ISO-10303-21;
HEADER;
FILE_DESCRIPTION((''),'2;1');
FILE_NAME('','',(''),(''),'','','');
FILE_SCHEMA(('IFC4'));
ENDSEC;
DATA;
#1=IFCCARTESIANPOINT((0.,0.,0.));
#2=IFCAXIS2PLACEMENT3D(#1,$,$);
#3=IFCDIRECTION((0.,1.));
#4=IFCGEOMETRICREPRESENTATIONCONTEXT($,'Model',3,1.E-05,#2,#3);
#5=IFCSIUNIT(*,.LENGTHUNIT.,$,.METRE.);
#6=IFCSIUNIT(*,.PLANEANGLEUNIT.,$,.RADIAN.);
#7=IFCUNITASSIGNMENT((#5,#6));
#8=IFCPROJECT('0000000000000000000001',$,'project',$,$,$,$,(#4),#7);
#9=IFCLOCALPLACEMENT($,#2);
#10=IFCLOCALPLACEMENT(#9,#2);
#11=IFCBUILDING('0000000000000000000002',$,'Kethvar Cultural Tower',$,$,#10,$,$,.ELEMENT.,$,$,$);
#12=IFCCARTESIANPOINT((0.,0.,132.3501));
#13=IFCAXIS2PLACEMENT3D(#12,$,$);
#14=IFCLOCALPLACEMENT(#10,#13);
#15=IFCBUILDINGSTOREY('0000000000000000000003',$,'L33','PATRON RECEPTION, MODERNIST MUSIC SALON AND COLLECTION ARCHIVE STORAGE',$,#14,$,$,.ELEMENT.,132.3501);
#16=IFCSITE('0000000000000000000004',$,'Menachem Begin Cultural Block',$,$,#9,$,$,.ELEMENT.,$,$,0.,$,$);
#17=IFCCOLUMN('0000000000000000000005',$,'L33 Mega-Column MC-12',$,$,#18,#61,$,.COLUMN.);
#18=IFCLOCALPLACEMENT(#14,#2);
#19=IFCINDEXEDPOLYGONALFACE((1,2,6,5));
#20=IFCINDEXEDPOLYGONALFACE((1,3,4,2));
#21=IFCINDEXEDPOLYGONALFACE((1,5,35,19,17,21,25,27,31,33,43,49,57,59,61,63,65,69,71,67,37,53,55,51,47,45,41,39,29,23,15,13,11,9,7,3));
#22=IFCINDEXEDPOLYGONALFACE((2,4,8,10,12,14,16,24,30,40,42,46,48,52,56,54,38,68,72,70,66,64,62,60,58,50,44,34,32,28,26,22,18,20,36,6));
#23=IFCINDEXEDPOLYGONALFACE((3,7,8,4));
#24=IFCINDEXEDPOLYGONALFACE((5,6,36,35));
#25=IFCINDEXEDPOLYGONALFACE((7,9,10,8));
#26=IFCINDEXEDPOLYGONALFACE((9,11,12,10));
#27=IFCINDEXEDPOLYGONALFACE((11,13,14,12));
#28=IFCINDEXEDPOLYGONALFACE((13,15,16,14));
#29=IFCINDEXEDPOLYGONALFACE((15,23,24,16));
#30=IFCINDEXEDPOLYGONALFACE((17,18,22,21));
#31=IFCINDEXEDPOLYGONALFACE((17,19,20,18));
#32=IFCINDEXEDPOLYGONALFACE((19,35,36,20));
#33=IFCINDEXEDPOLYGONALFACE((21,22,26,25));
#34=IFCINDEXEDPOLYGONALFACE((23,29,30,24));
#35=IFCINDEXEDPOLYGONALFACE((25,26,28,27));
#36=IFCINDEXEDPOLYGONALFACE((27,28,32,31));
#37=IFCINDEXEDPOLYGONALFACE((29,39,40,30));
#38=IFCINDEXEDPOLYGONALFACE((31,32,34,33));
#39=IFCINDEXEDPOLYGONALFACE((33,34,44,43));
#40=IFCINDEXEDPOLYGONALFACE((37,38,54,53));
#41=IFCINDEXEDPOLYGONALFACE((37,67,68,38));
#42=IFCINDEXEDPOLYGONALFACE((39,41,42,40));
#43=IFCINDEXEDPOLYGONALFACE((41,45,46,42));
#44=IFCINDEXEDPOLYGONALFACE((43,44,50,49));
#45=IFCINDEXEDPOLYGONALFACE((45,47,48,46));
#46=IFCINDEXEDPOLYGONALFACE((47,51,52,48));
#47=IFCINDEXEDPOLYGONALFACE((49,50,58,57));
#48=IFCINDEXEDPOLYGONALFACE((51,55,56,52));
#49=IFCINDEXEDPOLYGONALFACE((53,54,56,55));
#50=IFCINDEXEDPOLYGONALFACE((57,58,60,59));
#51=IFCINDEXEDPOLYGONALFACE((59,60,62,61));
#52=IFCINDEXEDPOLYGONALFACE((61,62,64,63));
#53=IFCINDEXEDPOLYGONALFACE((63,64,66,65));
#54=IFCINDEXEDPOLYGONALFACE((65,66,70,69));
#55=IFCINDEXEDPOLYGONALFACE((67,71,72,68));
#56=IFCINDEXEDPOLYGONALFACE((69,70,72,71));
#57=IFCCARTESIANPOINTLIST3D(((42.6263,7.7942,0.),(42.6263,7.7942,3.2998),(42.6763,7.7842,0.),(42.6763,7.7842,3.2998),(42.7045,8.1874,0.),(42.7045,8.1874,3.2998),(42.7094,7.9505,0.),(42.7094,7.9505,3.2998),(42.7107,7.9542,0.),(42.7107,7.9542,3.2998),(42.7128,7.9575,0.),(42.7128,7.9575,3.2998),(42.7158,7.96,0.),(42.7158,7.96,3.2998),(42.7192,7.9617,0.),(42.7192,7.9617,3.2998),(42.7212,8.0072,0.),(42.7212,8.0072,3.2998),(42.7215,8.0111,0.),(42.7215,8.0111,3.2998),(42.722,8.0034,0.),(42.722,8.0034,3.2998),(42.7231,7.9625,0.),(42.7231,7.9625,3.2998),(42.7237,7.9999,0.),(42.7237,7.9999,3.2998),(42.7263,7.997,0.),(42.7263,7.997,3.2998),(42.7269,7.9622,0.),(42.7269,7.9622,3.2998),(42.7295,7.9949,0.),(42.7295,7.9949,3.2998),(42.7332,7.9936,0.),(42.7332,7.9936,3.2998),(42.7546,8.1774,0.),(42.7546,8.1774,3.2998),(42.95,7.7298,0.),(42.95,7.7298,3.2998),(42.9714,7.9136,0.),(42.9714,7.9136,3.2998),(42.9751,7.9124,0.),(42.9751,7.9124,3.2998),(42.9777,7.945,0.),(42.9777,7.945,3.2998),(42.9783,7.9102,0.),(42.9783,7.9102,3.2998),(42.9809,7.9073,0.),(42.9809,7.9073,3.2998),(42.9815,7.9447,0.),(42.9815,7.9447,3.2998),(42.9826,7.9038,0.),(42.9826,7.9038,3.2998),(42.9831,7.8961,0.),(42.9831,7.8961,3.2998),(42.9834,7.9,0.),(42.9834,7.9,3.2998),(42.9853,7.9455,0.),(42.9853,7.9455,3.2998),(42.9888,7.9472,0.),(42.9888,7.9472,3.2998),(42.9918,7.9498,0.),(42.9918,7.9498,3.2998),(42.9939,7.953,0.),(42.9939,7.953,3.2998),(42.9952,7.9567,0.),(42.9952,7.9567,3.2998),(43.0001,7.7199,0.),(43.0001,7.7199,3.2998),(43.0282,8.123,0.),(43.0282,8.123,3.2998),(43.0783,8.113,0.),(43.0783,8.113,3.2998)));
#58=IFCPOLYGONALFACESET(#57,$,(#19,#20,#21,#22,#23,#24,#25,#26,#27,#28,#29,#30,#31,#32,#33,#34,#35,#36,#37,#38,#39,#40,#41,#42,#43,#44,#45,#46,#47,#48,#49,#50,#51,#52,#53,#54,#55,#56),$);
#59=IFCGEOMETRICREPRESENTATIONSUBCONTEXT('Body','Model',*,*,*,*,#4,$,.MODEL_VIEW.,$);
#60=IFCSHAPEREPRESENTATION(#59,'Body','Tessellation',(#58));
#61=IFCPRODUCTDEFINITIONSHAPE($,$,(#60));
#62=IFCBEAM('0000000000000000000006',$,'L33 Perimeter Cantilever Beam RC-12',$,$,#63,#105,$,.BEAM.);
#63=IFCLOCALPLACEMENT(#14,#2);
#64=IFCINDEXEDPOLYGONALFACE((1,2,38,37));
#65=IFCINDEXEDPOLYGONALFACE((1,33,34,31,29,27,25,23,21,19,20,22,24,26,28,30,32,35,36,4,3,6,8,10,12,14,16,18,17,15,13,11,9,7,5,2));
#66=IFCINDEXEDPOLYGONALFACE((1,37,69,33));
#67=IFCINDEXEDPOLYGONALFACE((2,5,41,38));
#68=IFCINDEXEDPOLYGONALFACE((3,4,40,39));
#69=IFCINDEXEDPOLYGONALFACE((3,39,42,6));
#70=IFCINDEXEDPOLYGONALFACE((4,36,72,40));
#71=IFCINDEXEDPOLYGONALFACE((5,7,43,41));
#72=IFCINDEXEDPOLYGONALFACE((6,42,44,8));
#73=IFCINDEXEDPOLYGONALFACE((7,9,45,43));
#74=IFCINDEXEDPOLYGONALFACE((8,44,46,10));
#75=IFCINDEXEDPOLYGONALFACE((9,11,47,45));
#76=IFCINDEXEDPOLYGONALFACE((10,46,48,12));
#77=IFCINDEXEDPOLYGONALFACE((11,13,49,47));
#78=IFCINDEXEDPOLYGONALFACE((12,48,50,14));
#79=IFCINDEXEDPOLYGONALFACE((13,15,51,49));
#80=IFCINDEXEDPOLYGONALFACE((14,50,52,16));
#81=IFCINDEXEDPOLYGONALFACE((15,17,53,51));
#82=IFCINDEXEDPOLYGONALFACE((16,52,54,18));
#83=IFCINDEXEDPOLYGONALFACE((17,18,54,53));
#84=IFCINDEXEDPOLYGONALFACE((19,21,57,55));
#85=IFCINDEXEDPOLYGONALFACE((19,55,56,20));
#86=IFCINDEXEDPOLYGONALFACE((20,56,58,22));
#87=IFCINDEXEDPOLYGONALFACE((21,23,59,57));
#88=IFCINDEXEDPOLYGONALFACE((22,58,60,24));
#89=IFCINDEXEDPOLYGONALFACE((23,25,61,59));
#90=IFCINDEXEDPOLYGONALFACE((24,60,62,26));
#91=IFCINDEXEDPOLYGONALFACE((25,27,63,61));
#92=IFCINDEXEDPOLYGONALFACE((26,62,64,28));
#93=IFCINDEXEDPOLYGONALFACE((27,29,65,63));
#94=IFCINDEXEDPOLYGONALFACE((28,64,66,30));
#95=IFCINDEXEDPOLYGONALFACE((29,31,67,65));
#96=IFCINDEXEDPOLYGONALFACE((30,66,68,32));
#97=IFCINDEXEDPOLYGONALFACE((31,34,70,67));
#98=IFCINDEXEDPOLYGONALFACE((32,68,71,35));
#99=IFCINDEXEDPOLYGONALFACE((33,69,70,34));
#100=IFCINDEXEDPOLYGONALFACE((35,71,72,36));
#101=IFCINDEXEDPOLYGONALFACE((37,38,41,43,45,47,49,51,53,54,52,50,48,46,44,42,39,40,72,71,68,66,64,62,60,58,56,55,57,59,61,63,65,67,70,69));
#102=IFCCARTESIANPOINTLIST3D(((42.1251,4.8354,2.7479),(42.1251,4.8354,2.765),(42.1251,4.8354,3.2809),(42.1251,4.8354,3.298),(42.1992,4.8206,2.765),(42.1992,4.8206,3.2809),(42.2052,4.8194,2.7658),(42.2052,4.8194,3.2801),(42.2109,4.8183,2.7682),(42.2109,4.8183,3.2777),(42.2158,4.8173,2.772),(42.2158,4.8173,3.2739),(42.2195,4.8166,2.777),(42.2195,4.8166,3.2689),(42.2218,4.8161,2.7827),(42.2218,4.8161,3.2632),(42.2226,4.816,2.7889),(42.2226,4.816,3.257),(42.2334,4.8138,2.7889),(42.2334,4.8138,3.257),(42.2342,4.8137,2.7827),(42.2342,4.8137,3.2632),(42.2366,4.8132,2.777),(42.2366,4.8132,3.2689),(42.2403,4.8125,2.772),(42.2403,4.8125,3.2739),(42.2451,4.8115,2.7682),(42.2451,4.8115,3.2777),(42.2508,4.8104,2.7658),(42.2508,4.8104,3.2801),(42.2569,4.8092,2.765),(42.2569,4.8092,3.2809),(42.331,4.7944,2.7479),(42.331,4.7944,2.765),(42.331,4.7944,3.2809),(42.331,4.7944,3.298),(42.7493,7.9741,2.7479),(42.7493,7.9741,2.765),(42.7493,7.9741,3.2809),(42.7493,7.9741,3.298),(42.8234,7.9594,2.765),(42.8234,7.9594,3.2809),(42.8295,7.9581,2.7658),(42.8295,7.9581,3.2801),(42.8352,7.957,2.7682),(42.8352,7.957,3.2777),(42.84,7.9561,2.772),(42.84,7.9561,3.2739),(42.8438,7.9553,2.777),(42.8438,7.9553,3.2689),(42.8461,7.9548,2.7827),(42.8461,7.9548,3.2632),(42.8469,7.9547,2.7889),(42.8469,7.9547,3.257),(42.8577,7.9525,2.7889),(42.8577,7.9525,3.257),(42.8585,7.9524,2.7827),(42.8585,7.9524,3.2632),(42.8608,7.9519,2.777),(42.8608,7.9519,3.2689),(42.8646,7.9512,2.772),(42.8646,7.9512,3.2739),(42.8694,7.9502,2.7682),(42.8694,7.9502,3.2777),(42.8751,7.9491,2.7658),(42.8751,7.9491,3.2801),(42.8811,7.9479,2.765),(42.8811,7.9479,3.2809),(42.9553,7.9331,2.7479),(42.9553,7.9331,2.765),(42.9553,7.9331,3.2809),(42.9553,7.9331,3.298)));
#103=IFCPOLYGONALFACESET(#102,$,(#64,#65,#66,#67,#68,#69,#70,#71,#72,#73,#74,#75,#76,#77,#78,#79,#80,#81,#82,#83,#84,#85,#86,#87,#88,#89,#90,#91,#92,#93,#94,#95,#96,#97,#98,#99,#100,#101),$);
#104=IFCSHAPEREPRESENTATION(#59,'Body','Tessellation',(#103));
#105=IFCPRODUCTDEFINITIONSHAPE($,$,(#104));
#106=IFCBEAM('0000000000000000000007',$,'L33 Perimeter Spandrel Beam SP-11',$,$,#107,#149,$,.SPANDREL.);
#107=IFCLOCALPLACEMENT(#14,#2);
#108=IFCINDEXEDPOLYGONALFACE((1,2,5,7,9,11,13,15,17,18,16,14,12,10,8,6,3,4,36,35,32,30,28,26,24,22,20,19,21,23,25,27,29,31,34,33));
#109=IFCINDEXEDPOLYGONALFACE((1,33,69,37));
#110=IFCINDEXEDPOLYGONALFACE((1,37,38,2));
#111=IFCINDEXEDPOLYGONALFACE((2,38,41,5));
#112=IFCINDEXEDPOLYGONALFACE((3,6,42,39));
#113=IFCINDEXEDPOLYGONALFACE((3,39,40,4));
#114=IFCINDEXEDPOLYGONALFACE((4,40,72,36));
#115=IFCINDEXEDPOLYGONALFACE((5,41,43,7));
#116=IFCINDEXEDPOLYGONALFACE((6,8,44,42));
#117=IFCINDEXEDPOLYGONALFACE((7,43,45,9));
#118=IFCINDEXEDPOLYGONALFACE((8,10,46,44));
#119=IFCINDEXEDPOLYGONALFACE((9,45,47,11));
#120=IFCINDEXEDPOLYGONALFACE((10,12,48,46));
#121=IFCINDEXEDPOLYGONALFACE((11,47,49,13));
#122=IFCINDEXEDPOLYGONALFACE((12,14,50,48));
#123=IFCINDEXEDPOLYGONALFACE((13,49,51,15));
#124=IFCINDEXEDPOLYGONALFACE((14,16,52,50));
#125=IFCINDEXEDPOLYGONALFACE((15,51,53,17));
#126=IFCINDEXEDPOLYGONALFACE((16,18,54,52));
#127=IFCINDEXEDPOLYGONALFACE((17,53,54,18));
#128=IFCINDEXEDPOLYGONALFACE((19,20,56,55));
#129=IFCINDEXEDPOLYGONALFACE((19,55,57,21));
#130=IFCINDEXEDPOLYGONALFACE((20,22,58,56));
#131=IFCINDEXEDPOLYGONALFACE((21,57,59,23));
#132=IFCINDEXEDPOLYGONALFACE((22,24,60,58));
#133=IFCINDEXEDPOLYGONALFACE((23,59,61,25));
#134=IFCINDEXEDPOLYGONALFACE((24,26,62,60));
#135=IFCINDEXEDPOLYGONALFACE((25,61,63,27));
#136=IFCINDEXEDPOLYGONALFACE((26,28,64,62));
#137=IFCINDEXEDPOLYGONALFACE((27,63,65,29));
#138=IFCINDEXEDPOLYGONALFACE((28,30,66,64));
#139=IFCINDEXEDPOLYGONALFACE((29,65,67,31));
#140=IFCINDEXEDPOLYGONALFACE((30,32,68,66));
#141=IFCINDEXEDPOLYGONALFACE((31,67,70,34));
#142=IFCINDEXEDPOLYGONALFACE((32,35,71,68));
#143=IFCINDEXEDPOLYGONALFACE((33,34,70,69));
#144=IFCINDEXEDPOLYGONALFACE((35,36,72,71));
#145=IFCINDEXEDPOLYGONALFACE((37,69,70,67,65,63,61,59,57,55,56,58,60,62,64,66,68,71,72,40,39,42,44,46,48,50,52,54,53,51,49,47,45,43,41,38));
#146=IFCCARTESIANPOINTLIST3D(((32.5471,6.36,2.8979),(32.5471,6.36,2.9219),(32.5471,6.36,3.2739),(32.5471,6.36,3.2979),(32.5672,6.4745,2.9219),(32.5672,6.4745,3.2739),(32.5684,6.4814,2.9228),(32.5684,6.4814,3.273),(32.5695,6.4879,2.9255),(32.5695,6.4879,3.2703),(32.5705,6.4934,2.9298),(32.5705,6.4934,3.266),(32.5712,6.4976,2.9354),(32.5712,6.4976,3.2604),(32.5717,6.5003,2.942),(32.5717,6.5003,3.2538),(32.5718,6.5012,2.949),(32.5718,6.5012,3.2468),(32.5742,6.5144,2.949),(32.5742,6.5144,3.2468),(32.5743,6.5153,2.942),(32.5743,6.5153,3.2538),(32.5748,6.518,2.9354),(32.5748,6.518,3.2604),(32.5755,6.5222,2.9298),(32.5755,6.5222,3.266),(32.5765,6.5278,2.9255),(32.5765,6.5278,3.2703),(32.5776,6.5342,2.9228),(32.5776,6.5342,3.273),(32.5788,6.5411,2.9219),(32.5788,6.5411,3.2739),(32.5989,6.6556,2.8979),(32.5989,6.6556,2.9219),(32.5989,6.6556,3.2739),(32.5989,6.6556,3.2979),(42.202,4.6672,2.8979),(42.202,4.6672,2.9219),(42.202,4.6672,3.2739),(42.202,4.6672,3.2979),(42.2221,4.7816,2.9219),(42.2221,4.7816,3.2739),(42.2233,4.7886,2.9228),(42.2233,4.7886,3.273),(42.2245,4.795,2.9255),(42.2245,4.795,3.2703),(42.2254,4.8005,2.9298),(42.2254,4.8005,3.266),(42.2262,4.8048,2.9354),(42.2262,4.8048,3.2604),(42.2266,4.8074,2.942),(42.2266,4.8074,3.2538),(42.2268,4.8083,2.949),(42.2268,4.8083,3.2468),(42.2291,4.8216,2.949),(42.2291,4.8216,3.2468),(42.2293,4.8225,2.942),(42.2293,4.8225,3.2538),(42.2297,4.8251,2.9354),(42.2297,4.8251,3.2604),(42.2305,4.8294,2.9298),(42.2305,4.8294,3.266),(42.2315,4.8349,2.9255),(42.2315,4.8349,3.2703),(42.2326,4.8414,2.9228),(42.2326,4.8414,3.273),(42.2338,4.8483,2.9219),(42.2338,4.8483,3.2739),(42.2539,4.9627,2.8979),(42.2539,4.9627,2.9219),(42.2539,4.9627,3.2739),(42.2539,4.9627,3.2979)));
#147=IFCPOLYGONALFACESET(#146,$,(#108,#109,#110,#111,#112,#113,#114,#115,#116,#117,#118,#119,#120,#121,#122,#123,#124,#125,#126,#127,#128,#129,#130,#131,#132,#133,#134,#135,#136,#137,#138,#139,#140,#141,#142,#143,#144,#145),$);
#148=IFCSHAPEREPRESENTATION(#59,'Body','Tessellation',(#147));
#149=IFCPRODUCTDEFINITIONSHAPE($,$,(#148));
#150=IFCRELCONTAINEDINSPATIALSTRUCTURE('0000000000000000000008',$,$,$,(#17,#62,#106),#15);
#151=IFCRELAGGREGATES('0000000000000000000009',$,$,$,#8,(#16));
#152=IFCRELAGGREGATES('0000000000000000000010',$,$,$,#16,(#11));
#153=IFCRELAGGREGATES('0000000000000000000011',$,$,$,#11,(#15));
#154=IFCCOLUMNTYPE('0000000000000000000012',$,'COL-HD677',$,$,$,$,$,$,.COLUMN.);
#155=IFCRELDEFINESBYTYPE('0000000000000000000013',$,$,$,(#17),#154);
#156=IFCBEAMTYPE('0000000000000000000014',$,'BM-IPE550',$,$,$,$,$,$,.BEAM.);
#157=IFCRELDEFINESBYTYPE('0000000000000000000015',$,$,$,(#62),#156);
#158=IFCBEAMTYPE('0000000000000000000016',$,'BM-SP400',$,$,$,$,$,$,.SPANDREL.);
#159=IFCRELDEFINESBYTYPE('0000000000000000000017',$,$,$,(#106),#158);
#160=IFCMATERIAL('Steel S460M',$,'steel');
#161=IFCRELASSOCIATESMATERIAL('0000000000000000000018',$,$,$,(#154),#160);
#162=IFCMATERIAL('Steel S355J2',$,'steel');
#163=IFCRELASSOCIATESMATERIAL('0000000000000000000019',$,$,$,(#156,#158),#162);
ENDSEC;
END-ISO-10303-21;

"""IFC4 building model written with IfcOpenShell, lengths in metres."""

from ifc_helpers import new_model, si_unit, direction, frame, origin, origin_2d, place, context, subcontext, project, spatial, i_section, extrude, source, transform, mapped, material, material_profile, profile_set, type_object, element, save


model = new_model("IFC4")

# Units and contexts
model_context = context("Model", 3, precision=1e-05, world=origin(), true_north=direction((0.0, 1.0)))
body_context = subcontext(model_context, "Body", "Model", "MODEL_VIEW")
ifc_project = project(units=[si_unit("LENGTHUNIT", "METRE"), si_unit("PLANEANGLEUNIT", "RADIAN")], contexts=[model_context])

# Site, building, storey
site_placement = place(None, origin())
site = spatial("IfcSite", under=ifc_project, at=site_placement, Name="Menachem Begin Cultural Block", CompositionType="ELEMENT", RefElevation=0.0)
building_placement = place(site_placement, origin())
building = spatial("IfcBuilding", under=site, at=building_placement, Name="Kethvar Cultural Tower", CompositionType="ELEMENT")
storey_placement = place(building_placement, frame((0.0, 0.0, 132.3501)))
storey = spatial("IfcBuildingStorey", under=building, at=storey_placement, Name="L33", Description="PATRON RECEPTION, MODERNIST MUSIC SALON AND COLLECTION ARCHIVE STORAGE", CompositionType="ELEMENT", Elevation=132.3501)

# Column
ifc_material_1 = material(Name="Steel S460M", Category="steel")
ifc_material_profile_1 = material_profile(ifc_material_1, i_section(OverallWidth=0.4009, OverallDepth=0.3811, WebThickness=0.032, FlangeThickness=0.051, FilletRadius=0.0149, at=origin_2d()), Name="Steel S460M — HD400x677")
ifc_profile_set_1 = profile_set([ifc_material_profile_1], Name="Steel S460M — HD400x677")
column_type = type_object("IfcColumnType", Name="COL-HD677", PredefinedType="COLUMN", material=ifc_profile_set_1)
shared_shape_1 = source(origin(), body_context, "Body", "SweptSolid", [
    extrude(i_section(OverallWidth=0.4009, OverallDepth=0.3811, WebThickness=0.032, FlangeThickness=0.051, FilletRadius=0.0149, at=origin_2d()), origin(), (0.0, 0.0, 1.0), 3.2998),
])
column_placement = place(storey_placement, frame((42.8523, 7.9536, 0.0), z_axis=(0.0, 0.0, 1.0), x_axis=(-0.19509, -0.980785, 0.0)))
element("IfcColumn", 1, at=column_placement, inside=storey, type_object=column_type, Name="L33 Mega-Column MC-12", PredefinedType="COLUMN", context=body_context, shape_type="MappedRepresentation", body=[
    mapped(shared_shape_1, transform((0.0, 0.0, 0.0), scale=1.0)),
])

# Beams
ifc_material_2 = material(Name="Steel S355J2", Category="steel")
ifc_material_profile_2 = material_profile(ifc_material_2, i_section(OverallWidth=0.21, OverallDepth=0.55, WebThickness=0.011, FlangeThickness=0.0171, FilletRadius=0.0239, at=origin_2d()), Name="Steel S355J2 — IPE550")
ifc_profile_set_2 = profile_set([ifc_material_profile_2], Name="Steel S355J2 — IPE550")
beam_type_1 = type_object("IfcBeamType", Name="BM-IPE550", PredefinedType="BEAM", material=ifc_profile_set_2)
shared_shape_2 = source(origin(), body_context, "Body", "SweptSolid", [
    extrude(i_section(OverallWidth=0.21, OverallDepth=0.55, WebThickness=0.011, FlangeThickness=0.0171, FilletRadius=0.0239, at=origin_2d()), origin(), (0.0, 0.0, 1.0), 3.2002),
])
beam_1_placement = place(storey_placement, frame((42.8523, 7.9536, 3.0229), z_axis=(-0.195074, -0.980788, 0.0), x_axis=(0.980788, -0.195074, 0.0)))
element("IfcBeam", 2, at=beam_1_placement, inside=storey, type_object=beam_type_1, Name="L33 Perimeter Cantilever Beam RC-12", PredefinedType="BEAM", context=body_context, shape_type="MappedRepresentation", body=[
    mapped(shared_shape_2, transform((0.0, 0.0, 0.0), scale=1.0)),
])
ifc_material_profile_3 = material_profile(ifc_material_2, i_section(OverallWidth=0.3, OverallDepth=0.3999, WebThickness=0.0134, FlangeThickness=0.0239, FilletRadius=0.0271, at=origin_2d()), Name="Steel S355J2 — HEB400")
ifc_profile_set_3 = profile_set([ifc_material_profile_3], Name="Steel S355J2 — HEB400")
beam_type_2 = type_object("IfcBeamType", Name="BM-SP400", PredefinedType="SPANDREL", material=ifc_profile_set_3)
shared_shape_3 = source(origin(), body_context, "Body", "SweptSolid", [
    extrude(i_section(OverallWidth=0.3, OverallDepth=0.3999, WebThickness=0.0134, FlangeThickness=0.0239, FilletRadius=0.0271, at=origin_2d()), origin(), (0.0, 0.0, 1.0), 9.8022),
])
beam_2_placement = place(storey_placement, frame((32.573, 6.5078, 3.0979), z_axis=(0.984974, -0.172701, 0.0), x_axis=(0.172701, 0.984974, 0.0)))
element("IfcBeam", 3, at=beam_2_placement, inside=storey, type_object=beam_type_2, Name="L33 Perimeter Spandrel Beam SP-11", PredefinedType="SPANDREL", context=body_context, shape_type="MappedRepresentation", body=[
    mapped(shared_shape_3, transform((0.0, 0.0, 0.0), scale=1.0)),
])

save(model, "model.ifc")
